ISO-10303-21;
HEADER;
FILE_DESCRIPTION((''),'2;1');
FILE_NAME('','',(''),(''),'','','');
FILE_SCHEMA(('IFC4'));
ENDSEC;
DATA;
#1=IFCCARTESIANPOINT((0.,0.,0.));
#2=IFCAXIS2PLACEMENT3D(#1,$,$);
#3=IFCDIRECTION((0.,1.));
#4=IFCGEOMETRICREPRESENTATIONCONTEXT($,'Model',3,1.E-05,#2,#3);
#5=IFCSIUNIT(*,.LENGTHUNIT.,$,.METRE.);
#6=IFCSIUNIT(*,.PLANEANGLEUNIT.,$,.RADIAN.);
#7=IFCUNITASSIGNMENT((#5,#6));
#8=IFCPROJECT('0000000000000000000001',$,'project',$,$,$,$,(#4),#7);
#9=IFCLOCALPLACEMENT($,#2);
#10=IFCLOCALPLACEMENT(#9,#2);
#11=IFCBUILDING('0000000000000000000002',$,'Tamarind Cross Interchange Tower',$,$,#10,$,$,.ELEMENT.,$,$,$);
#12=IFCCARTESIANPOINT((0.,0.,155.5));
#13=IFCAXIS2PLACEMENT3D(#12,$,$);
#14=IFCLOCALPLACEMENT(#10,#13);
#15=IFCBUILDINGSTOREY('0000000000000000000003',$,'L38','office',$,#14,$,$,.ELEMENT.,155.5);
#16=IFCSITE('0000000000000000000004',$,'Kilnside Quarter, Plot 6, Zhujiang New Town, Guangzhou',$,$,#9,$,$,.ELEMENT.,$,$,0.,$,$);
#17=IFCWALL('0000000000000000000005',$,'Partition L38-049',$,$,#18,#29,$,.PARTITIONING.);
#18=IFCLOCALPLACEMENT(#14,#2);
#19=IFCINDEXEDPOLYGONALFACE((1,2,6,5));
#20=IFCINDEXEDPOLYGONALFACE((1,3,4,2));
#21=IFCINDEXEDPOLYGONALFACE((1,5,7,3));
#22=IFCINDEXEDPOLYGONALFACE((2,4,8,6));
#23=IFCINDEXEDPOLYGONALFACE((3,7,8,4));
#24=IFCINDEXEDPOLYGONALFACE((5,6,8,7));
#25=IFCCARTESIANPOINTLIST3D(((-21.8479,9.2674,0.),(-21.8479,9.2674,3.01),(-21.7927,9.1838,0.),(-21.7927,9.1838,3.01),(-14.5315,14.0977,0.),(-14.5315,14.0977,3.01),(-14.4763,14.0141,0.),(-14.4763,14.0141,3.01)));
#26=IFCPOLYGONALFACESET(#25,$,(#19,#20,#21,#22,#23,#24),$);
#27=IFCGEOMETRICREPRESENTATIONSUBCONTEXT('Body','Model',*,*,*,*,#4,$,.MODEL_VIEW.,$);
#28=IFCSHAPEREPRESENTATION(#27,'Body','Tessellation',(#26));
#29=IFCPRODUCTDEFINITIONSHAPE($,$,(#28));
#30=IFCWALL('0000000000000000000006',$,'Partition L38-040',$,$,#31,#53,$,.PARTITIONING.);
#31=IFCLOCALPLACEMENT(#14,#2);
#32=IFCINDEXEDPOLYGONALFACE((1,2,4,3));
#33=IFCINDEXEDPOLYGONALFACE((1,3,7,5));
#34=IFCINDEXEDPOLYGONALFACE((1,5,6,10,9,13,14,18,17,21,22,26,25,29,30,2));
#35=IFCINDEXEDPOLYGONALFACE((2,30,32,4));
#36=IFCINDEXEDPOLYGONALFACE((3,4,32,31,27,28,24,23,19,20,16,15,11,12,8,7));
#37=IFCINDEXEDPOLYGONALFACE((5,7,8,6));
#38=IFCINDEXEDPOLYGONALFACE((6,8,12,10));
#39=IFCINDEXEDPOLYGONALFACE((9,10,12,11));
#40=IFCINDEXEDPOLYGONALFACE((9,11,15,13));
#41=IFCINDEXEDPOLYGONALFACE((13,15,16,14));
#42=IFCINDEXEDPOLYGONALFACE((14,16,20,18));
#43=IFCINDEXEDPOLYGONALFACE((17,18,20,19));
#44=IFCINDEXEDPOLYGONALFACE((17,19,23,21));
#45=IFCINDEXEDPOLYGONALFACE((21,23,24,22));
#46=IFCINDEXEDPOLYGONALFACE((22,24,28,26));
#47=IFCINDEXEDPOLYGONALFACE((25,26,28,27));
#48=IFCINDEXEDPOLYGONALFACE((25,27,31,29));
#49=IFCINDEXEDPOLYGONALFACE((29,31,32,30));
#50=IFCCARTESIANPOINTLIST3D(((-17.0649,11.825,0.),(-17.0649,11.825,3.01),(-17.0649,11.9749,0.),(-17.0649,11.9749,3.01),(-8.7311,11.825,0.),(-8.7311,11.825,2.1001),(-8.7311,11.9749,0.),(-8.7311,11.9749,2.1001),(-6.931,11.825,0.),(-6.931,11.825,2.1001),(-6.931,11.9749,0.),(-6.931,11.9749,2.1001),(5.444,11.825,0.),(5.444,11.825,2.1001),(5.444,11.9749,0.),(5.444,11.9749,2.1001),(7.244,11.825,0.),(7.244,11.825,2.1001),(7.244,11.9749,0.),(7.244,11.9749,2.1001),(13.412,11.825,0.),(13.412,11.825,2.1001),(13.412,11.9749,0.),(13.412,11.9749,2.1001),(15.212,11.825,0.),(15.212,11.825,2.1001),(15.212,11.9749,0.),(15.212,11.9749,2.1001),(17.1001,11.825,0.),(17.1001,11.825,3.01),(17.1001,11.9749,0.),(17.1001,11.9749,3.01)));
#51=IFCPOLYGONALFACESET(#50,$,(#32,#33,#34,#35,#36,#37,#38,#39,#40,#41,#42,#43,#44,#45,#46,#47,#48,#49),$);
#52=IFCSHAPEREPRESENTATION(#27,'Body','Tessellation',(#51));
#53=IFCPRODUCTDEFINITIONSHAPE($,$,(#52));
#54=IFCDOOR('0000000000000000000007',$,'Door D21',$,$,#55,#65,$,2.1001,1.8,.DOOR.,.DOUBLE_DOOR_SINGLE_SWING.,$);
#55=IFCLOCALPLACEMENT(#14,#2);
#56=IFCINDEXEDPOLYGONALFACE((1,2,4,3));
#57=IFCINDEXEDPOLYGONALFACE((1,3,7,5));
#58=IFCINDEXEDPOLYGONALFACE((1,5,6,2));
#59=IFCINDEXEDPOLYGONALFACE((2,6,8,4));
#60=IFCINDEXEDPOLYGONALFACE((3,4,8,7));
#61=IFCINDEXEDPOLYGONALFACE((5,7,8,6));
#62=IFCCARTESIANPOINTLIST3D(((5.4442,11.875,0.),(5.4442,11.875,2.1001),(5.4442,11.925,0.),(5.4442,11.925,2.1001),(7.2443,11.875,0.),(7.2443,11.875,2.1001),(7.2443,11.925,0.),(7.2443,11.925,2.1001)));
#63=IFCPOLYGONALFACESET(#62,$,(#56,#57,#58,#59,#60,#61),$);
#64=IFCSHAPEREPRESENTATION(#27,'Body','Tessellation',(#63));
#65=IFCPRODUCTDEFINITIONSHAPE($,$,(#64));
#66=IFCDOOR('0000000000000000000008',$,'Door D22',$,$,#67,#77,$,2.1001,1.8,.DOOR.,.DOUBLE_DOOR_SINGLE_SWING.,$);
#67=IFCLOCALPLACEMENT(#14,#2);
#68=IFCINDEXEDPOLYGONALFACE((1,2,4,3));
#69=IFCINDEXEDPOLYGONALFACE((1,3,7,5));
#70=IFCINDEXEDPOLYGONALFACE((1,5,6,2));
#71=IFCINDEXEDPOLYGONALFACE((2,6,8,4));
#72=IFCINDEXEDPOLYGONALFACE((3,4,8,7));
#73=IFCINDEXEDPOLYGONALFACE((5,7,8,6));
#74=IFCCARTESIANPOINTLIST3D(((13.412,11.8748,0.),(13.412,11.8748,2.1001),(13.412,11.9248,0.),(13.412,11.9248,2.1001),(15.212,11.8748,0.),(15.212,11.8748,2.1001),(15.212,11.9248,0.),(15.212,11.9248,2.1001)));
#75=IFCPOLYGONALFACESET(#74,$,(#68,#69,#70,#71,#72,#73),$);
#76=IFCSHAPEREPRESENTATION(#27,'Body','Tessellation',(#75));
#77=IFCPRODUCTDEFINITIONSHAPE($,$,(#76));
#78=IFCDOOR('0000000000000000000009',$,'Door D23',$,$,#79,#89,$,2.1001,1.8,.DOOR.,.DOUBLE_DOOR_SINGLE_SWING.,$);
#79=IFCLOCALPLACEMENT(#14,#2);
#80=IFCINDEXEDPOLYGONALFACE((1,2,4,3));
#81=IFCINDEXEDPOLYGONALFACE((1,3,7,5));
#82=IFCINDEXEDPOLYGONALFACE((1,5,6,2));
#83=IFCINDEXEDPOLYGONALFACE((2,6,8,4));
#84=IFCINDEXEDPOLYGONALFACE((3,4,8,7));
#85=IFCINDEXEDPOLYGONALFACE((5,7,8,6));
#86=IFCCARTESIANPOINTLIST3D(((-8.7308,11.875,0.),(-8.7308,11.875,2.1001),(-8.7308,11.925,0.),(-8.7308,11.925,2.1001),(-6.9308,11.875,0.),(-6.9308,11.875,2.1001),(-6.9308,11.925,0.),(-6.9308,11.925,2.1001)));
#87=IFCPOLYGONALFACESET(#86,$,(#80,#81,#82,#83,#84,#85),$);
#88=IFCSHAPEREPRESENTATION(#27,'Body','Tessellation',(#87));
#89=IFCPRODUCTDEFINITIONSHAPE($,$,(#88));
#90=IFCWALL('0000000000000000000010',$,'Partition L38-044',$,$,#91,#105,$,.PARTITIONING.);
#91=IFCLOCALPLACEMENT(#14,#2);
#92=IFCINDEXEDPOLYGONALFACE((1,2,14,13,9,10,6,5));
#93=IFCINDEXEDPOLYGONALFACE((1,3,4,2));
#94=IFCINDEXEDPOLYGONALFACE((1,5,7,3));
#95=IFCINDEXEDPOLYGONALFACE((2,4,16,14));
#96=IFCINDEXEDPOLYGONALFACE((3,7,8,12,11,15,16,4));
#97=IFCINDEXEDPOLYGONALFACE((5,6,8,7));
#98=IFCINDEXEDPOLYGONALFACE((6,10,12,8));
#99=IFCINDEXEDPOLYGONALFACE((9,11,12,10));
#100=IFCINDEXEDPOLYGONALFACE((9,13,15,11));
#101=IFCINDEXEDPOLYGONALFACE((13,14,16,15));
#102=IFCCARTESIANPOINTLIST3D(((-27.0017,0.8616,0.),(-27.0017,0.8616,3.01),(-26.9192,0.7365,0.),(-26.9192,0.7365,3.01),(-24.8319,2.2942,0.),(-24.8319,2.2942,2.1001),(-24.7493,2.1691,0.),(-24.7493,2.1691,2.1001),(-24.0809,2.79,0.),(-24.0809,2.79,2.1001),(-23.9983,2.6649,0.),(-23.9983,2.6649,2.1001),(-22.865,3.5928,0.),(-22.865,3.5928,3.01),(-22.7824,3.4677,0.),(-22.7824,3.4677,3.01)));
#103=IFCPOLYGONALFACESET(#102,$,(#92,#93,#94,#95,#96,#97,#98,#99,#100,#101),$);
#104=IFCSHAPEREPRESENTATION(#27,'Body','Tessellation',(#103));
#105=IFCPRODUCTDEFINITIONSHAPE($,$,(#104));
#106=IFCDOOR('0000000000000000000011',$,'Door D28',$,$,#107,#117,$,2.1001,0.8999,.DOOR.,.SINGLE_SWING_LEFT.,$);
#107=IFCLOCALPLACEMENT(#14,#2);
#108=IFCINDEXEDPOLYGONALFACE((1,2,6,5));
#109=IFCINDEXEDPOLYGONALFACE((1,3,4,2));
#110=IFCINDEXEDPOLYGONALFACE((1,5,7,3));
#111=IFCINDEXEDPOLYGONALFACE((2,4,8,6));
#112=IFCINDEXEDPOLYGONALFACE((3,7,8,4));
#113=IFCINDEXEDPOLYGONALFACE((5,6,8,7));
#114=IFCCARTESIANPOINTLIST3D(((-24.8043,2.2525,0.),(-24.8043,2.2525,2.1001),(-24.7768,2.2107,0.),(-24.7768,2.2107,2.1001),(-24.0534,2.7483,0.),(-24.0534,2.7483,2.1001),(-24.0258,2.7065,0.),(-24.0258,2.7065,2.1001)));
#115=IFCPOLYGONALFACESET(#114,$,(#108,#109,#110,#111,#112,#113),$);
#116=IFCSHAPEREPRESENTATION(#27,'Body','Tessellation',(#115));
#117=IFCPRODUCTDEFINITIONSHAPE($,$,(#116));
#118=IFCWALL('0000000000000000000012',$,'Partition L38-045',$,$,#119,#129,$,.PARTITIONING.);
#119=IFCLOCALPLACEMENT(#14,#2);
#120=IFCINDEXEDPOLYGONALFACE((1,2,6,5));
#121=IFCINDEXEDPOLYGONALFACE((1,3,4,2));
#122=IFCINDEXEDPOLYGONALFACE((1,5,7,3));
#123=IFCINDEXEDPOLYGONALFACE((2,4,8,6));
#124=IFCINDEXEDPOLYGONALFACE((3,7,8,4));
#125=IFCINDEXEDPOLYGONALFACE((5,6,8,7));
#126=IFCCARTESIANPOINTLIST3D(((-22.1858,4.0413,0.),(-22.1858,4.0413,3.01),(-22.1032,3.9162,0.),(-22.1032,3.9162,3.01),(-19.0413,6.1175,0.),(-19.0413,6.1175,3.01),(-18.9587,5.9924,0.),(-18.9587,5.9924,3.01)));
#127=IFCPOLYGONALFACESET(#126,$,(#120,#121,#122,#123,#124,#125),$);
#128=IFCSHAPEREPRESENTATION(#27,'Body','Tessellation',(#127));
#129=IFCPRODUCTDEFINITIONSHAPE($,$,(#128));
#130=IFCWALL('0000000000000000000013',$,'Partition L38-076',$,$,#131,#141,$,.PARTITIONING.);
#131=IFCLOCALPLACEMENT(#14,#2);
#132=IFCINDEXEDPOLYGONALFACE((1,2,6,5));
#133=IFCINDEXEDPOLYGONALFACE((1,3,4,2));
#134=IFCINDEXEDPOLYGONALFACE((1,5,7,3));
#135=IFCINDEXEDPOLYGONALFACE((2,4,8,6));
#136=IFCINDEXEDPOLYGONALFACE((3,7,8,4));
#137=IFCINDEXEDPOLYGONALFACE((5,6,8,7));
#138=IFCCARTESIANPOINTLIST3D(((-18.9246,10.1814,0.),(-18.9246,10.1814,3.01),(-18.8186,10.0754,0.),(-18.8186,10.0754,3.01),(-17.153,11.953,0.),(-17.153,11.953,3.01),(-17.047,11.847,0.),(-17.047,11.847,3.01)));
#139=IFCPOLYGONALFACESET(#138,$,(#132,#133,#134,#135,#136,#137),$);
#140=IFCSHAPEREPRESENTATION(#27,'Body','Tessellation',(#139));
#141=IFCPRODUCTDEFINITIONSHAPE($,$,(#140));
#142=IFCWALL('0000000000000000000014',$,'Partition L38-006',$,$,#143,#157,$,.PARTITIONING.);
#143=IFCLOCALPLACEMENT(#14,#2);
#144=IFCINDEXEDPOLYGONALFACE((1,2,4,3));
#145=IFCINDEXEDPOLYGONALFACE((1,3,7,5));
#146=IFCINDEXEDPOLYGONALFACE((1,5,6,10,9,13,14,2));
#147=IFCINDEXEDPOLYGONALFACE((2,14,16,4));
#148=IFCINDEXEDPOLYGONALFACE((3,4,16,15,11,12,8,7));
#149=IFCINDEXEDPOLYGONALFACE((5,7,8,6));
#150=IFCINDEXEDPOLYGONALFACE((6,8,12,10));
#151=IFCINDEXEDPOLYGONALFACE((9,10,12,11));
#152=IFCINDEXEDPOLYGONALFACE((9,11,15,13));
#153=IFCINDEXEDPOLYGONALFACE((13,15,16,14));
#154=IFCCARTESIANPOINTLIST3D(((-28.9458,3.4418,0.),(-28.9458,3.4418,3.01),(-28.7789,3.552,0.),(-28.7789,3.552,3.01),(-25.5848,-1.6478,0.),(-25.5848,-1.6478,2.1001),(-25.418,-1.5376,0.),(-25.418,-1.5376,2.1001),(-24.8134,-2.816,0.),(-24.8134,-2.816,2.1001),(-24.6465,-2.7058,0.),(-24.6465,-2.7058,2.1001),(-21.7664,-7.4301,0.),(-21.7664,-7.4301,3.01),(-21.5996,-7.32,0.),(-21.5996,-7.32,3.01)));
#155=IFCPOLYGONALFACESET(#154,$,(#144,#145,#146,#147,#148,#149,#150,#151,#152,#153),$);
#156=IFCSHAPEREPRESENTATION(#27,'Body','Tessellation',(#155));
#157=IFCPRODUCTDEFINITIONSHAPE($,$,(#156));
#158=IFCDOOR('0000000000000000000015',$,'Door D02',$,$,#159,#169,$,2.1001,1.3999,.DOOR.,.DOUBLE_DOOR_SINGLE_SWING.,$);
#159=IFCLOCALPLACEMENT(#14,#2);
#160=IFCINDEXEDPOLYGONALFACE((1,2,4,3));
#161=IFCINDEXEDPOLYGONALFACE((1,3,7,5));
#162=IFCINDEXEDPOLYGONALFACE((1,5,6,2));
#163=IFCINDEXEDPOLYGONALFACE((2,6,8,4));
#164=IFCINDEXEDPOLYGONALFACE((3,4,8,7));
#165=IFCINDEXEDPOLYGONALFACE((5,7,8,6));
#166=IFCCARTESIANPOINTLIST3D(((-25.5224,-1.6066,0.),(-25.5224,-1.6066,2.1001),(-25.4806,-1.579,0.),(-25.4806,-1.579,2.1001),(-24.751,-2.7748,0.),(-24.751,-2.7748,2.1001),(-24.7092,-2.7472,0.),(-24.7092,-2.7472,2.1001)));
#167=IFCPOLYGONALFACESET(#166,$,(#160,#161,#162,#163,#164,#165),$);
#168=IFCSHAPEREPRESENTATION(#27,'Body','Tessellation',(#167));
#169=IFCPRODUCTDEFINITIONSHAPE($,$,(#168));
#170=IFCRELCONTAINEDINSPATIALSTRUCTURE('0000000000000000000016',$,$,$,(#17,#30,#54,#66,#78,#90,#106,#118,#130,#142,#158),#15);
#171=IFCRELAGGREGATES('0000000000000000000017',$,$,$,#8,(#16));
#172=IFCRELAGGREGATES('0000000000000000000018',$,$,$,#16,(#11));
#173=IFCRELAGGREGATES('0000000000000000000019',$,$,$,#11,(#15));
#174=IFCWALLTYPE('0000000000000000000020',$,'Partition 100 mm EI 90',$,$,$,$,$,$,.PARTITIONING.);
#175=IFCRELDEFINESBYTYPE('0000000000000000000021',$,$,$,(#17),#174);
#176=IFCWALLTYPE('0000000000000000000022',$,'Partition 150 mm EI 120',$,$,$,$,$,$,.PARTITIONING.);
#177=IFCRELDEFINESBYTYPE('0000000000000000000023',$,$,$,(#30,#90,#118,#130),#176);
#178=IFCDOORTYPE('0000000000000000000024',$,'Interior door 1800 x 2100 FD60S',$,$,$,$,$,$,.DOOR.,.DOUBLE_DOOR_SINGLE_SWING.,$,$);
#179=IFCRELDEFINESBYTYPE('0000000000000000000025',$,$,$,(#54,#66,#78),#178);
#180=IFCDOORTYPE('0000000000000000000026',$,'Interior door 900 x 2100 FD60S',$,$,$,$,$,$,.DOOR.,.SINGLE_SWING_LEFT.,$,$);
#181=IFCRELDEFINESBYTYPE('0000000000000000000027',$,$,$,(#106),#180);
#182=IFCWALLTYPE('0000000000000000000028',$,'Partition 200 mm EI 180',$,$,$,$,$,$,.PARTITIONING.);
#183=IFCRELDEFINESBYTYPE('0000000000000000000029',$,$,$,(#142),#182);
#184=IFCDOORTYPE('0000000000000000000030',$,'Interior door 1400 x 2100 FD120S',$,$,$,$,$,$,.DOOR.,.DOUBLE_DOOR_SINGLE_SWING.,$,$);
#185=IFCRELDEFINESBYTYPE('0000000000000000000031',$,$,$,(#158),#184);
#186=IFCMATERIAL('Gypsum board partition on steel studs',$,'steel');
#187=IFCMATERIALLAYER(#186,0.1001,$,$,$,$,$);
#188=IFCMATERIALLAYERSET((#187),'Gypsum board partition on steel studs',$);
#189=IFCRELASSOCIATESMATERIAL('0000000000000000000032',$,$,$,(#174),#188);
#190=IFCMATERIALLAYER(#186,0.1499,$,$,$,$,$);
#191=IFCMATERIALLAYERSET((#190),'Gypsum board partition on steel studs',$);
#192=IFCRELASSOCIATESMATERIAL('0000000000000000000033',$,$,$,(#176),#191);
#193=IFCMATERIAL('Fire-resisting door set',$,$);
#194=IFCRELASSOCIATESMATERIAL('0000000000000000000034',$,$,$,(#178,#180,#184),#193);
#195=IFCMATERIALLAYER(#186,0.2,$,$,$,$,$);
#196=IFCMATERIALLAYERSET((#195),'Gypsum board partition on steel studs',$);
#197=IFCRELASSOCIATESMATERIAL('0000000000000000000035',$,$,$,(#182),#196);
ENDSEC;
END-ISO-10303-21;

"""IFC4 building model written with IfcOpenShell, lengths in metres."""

from ifc_helpers import new_model, si_unit, direction, frame, frame_2d, origin, place, context, subcontext, project, spatial, rectangle, extrude, material, layer, layer_set, type_object, element, fill, save


model = new_model("IFC4")

# Units and contexts
model_context = context("Model", 3, precision=1e-05, world=origin(), true_north=direction((0.0, 1.0)))
body_context = subcontext(model_context, "Body", "Model", "MODEL_VIEW")
ifc_project = project(units=[si_unit("LENGTHUNIT", "METRE"), si_unit("PLANEANGLEUNIT", "RADIAN")], contexts=[model_context])

# Site, building, storey
site_placement = place(None, origin())
site = spatial("IfcSite", under=ifc_project, at=site_placement, Name="Kilnside Quarter, Plot 6, Zhujiang New Town, Guangzhou", CompositionType="ELEMENT", RefElevation=0.0)
building_placement = place(site_placement, origin())
building = spatial("IfcBuilding", under=site, at=building_placement, Name="Tamarind Cross Interchange Tower", CompositionType="ELEMENT")
storey_placement = place(building_placement, frame((0.0, 0.0, 155.5)))
storey = spatial("IfcBuildingStorey", under=building, at=storey_placement, Name="L38", Description="office", CompositionType="ELEMENT", Elevation=155.5)

# Wall
ifc_material_1 = material(Name="Gypsum board partition on steel studs", Category="steel")
ifc_layer_1 = layer(ifc_material_1, 0.1001)
ifc_layer_set_1 = layer_set([ifc_layer_1], Name="Gypsum board partition on steel studs")
wall_type_1 = type_object("IfcWallType", Name="Partition 100 mm EI 90", PredefinedType="PARTITIONING", material=ifc_layer_set_1)
wall_1_placement = place(storey_placement, frame((-21.8203, 9.2256, 0.0), z_axis=(0.0, 0.0, 1.0), x_axis=(0.834531, 0.550961, 0.0)))
element("IfcWall", 1, at=wall_1_placement, inside=storey, type_object=wall_type_1, Name="Partition L38-049", PredefinedType="PARTITIONING", context=body_context, shape_type="SweptSolid", body=[
    extrude(rectangle(XDim=8.7671, YDim=0.1001, at=frame_2d((4.3835, 0.0))), origin(), (0.0, 0.0, 1.0), 3.01),
])

# Wall, openings, doors
ifc_layer_2 = layer(ifc_material_1, 0.1499)
ifc_layer_set_2 = layer_set([ifc_layer_2], Name="Gypsum board partition on steel studs")
wall_type_2 = type_object("IfcWallType", Name="Partition 150 mm EI 120", PredefinedType="PARTITIONING", material=ifc_layer_set_2)
wall_2_placement = place(storey_placement, frame((-17.0649, 11.8999, 0.0), z_axis=(0.0, 0.0, 1.0), x_axis=(1.0, 0.0, 0.0)))
wall_2 = element("IfcWall", 2, at=wall_2_placement, inside=storey, type_object=wall_type_2, Name="Partition L38-040", PredefinedType="PARTITIONING", context=body_context, shape_type="SweptSolid", body=[
    extrude(rectangle(XDim=34.165, YDim=0.1499, at=frame_2d((17.0825, 0.0))), origin(), (0.0, 0.0, 1.0), 3.01),
])
opening_1_placement = place(wall_2_placement, frame((22.509, 0.0, 0.0)))
opening_1 = element("IfcOpeningElement", 3, at=opening_1_placement, cuts=wall_2, PredefinedType="OPENING", context=body_context, shape_type="SweptSolid", body=[
    extrude(rectangle(XDim=1.8, YDim=2.1001, at=frame_2d((0.8999, 1.05))), frame((0.0, 0.085, 0.0), z_axis=(0.0, -1.0, 0.0), x_axis=(1.0, 0.0, 0.0)), (0.0, 0.0, 1.0), 0.1699),
])
opening_2_placement = place(wall_2_placement, frame((30.4771, 0.0, 0.0)))
opening_2 = element("IfcOpeningElement", 4, at=opening_2_placement, cuts=wall_2, PredefinedType="OPENING", context=body_context, shape_type="SweptSolid", body=[
    extrude(rectangle(XDim=1.8, YDim=2.1001, at=frame_2d((0.8999, 1.05))), frame((0.0, 0.085, 0.0), z_axis=(0.0, -1.0, 0.0), x_axis=(1.0, 0.0, 0.0)), (0.0, 0.0, 1.0), 0.1699),
])
opening_3_placement = place(wall_2_placement, frame((8.334, 0.0, 0.0)))
opening_3 = element("IfcOpeningElement", 5, at=opening_3_placement, cuts=wall_2, PredefinedType="OPENING", context=body_context, shape_type="SweptSolid", body=[
    extrude(rectangle(XDim=1.8, YDim=2.1001, at=frame_2d((0.8999, 1.05))), frame((0.0, 0.085, 0.0), z_axis=(0.0, -1.0, 0.0), x_axis=(1.0, 0.0, 0.0)), (0.0, 0.0, 1.0), 0.1699),
])
ifc_material_2 = material(Name="Fire-resisting door set")
door_type_1 = type_object("IfcDoorType", Name="Interior door 1800 x 2100 FD60S", OperationType="DOUBLE_DOOR_SINGLE_SWING", PredefinedType="DOOR", material=ifc_material_2)
door_1_placement = place(opening_1_placement, frame((1.8, 0.0, 0.0), z_axis=(0.0, 0.0, 1.0), x_axis=(-1.0, 0.0, 0.0)))
door_1 = element("IfcDoor", 6, at=door_1_placement, inside=storey, type_object=door_type_1, Name="Door D21", OperationType="DOUBLE_DOOR_SINGLE_SWING", OverallHeight=2.1001, OverallWidth=1.8, PredefinedType="DOOR", context=body_context, shape_type="SweptSolid", body=[
    extrude(rectangle(XDim=1.8, YDim=2.1001, at=frame_2d((0.8999, 1.05))), frame((0.0, 0.0249, 0.0), z_axis=(0.0, -1.0, 0.0), x_axis=(1.0, 0.0, 0.0)), (0.0, 0.0, 1.0), 0.05),
])
fill(opening_1, door_1)
door_2_placement = place(opening_2_placement, origin())
door_2 = element("IfcDoor", 7, at=door_2_placement, inside=storey, type_object=door_type_1, Name="Door D22", OperationType="DOUBLE_DOOR_SINGLE_SWING", OverallHeight=2.1001, OverallWidth=1.8, PredefinedType="DOOR", context=body_context, shape_type="SweptSolid", body=[
    extrude(rectangle(XDim=1.8, YDim=2.1001, at=frame_2d((0.8999, 1.05))), frame((0.0, 0.0249, 0.0), z_axis=(0.0, -1.0, 0.0), x_axis=(1.0, 0.0, 0.0)), (0.0, 0.0, 1.0), 0.05),
])
fill(opening_2, door_2)
door_3_placement = place(opening_3_placement, frame((1.8, 0.0, 0.0), z_axis=(0.0, 0.0, 1.0), x_axis=(-1.0, 0.0, 0.0)))
door_3 = element("IfcDoor", 8, at=door_3_placement, inside=storey, type_object=door_type_1, Name="Door D23", OperationType="DOUBLE_DOOR_SINGLE_SWING", OverallHeight=2.1001, OverallWidth=1.8, PredefinedType="DOOR", context=body_context, shape_type="SweptSolid", body=[
    extrude(rectangle(XDim=1.8, YDim=2.1001, at=frame_2d((0.8999, 1.05))), frame((0.0, 0.0249, 0.0), z_axis=(0.0, -1.0, 0.0), x_axis=(1.0, 0.0, 0.0)), (0.0, 0.0, 1.0), 0.05),
])
fill(opening_3, door_3)

# Wall, opening, door
wall_3_placement = place(storey_placement, frame((-26.9604, 0.7991, 0.0), z_axis=(0.0, 0.0, 1.0), x_axis=(0.83452, 0.550978, 0.0)))
wall_3 = element("IfcWall", 9, at=wall_3_placement, inside=storey, type_object=wall_type_2, Name="Partition L38-044", PredefinedType="PARTITIONING", context=body_context, shape_type="SweptSolid", body=[
    extrude(rectangle(XDim=4.957, YDim=0.1499, at=frame_2d((2.4785, 0.0))), origin(), (0.0, 0.0, 1.0), 3.01),
])
opening_4_placement = place(wall_3_placement, frame((2.6001, 0.0, 0.0)))
opening_4 = element("IfcOpeningElement", 10, at=opening_4_placement, cuts=wall_3, PredefinedType="OPENING", context=body_context, shape_type="SweptSolid", body=[
    extrude(rectangle(XDim=0.8999, YDim=2.1001, at=frame_2d((0.45, 1.05))), frame((0.0, 0.085, 0.0), z_axis=(0.0, -1.0, 0.0), x_axis=(1.0, 0.0, 0.0)), (0.0, 0.0, 1.0), 0.1699),
])
door_type_2 = type_object("IfcDoorType", Name="Interior door 900 x 2100 FD60S", OperationType="SINGLE_SWING_LEFT", PredefinedType="DOOR", material=ifc_material_2)
door_4_placement = place(opening_4_placement, origin())
door_4 = element("IfcDoor", 11, at=door_4_placement, inside=storey, type_object=door_type_2, Name="Door D28", OperationType="SINGLE_SWING_LEFT", OverallHeight=2.1001, OverallWidth=0.8999, PredefinedType="DOOR", context=body_context, shape_type="SweptSolid", body=[
    extrude(rectangle(XDim=0.8999, YDim=2.1001, at=frame_2d((0.45, 1.05))), frame((0.0, 0.0249, 0.0), z_axis=(0.0, -1.0, 0.0), x_axis=(1.0, 0.0, 0.0)), (0.0, 0.0, 1.0), 0.05),
])
fill(opening_4, door_4)

# Walls
wall_4_placement = place(storey_placement, frame((-22.1445, 3.9788, 0.0), z_axis=(0.0, 0.0, 1.0), x_axis=(0.834514, 0.550987, 0.0)))
element("IfcWall", 12, at=wall_4_placement, inside=storey, type_object=wall_type_2, Name="Partition L38-045", PredefinedType="PARTITIONING", context=body_context, shape_type="SweptSolid", body=[
    extrude(rectangle(XDim=3.7681, YDim=0.1499, at=frame_2d((1.884, 0.0))), origin(), (0.0, 0.0, 1.0), 3.01),
])
wall_5_placement = place(storey_placement, frame((-18.8716, 10.1284, 0.0), z_axis=(0.0, 0.0, 1.0), x_axis=(0.707107, 0.707107, 0.0)))
element("IfcWall", 13, at=wall_5_placement, inside=storey, type_object=wall_type_2, Name="Partition L38-076", PredefinedType="PARTITIONING", context=body_context, shape_type="SweptSolid", body=[
    extrude(rectangle(XDim=2.5054, YDim=0.1499, at=frame_2d((1.2527, 0.0))), origin(), (0.0, 0.0, 1.0), 3.01),
])

# Wall, opening, door
ifc_layer_3 = layer(ifc_material_1, 0.2)
ifc_layer_set_3 = layer_set([ifc_layer_3], Name="Gypsum board partition on steel studs")
wall_type_3 = type_object("IfcWallType", Name="Partition 200 mm EI 180", PredefinedType="PARTITIONING", material=ifc_layer_set_3)
wall_6_placement = place(storey_placement, frame((-28.8623, 3.4968, 0.0), z_axis=(0.0, 0.0, 1.0), x_axis=(0.551049, -0.834473, 0.0)))
wall_6 = element("IfcWall", 14, at=wall_6_placement, inside=storey, type_object=wall_type_3, Name="Partition L38-006", PredefinedType="PARTITIONING", context=body_context, shape_type="SweptSolid", body=[
    extrude(rectangle(XDim=13.0286, YDim=0.2, at=frame_2d((6.5142, 0.0))), origin(), (0.0, 0.0, 1.0), 3.01),
])
opening_5_placement = place(wall_6_placement, frame((6.0991, 0.0, 0.0)))
opening_5 = element("IfcOpeningElement", 15, at=opening_5_placement, cuts=wall_6, PredefinedType="OPENING", context=body_context, shape_type="SweptSolid", body=[
    extrude(rectangle(XDim=1.3999, YDim=2.1001, at=frame_2d((0.7, 1.05))), frame((0.0, 0.1099, 0.0), z_axis=(0.0, -1.0, 0.0), x_axis=(1.0, 0.0, 0.0)), (0.0, 0.0, 1.0), 0.22),
])
door_type_3 = type_object("IfcDoorType", Name="Interior door 1400 x 2100 FD120S", OperationType="DOUBLE_DOOR_SINGLE_SWING", PredefinedType="DOOR", material=ifc_material_2)
door_5_placement = place(opening_5_placement, origin())
door_5 = element("IfcDoor", 16, at=door_5_placement, inside=storey, type_object=door_type_3, Name="Door D02", OperationType="DOUBLE_DOOR_SINGLE_SWING", OverallHeight=2.1001, OverallWidth=1.3999, PredefinedType="DOOR", context=body_context, shape_type="SweptSolid", body=[
    extrude(rectangle(XDim=1.3999, YDim=2.1001, at=frame_2d((0.7, 1.05))), frame((0.0, 0.0249, 0.0), z_axis=(0.0, -1.0, 0.0), x_axis=(1.0, 0.0, 0.0)), (0.0, 0.0, 1.0), 0.05),
])
fill(opening_5, door_5)

save(model, "model.ifc")
